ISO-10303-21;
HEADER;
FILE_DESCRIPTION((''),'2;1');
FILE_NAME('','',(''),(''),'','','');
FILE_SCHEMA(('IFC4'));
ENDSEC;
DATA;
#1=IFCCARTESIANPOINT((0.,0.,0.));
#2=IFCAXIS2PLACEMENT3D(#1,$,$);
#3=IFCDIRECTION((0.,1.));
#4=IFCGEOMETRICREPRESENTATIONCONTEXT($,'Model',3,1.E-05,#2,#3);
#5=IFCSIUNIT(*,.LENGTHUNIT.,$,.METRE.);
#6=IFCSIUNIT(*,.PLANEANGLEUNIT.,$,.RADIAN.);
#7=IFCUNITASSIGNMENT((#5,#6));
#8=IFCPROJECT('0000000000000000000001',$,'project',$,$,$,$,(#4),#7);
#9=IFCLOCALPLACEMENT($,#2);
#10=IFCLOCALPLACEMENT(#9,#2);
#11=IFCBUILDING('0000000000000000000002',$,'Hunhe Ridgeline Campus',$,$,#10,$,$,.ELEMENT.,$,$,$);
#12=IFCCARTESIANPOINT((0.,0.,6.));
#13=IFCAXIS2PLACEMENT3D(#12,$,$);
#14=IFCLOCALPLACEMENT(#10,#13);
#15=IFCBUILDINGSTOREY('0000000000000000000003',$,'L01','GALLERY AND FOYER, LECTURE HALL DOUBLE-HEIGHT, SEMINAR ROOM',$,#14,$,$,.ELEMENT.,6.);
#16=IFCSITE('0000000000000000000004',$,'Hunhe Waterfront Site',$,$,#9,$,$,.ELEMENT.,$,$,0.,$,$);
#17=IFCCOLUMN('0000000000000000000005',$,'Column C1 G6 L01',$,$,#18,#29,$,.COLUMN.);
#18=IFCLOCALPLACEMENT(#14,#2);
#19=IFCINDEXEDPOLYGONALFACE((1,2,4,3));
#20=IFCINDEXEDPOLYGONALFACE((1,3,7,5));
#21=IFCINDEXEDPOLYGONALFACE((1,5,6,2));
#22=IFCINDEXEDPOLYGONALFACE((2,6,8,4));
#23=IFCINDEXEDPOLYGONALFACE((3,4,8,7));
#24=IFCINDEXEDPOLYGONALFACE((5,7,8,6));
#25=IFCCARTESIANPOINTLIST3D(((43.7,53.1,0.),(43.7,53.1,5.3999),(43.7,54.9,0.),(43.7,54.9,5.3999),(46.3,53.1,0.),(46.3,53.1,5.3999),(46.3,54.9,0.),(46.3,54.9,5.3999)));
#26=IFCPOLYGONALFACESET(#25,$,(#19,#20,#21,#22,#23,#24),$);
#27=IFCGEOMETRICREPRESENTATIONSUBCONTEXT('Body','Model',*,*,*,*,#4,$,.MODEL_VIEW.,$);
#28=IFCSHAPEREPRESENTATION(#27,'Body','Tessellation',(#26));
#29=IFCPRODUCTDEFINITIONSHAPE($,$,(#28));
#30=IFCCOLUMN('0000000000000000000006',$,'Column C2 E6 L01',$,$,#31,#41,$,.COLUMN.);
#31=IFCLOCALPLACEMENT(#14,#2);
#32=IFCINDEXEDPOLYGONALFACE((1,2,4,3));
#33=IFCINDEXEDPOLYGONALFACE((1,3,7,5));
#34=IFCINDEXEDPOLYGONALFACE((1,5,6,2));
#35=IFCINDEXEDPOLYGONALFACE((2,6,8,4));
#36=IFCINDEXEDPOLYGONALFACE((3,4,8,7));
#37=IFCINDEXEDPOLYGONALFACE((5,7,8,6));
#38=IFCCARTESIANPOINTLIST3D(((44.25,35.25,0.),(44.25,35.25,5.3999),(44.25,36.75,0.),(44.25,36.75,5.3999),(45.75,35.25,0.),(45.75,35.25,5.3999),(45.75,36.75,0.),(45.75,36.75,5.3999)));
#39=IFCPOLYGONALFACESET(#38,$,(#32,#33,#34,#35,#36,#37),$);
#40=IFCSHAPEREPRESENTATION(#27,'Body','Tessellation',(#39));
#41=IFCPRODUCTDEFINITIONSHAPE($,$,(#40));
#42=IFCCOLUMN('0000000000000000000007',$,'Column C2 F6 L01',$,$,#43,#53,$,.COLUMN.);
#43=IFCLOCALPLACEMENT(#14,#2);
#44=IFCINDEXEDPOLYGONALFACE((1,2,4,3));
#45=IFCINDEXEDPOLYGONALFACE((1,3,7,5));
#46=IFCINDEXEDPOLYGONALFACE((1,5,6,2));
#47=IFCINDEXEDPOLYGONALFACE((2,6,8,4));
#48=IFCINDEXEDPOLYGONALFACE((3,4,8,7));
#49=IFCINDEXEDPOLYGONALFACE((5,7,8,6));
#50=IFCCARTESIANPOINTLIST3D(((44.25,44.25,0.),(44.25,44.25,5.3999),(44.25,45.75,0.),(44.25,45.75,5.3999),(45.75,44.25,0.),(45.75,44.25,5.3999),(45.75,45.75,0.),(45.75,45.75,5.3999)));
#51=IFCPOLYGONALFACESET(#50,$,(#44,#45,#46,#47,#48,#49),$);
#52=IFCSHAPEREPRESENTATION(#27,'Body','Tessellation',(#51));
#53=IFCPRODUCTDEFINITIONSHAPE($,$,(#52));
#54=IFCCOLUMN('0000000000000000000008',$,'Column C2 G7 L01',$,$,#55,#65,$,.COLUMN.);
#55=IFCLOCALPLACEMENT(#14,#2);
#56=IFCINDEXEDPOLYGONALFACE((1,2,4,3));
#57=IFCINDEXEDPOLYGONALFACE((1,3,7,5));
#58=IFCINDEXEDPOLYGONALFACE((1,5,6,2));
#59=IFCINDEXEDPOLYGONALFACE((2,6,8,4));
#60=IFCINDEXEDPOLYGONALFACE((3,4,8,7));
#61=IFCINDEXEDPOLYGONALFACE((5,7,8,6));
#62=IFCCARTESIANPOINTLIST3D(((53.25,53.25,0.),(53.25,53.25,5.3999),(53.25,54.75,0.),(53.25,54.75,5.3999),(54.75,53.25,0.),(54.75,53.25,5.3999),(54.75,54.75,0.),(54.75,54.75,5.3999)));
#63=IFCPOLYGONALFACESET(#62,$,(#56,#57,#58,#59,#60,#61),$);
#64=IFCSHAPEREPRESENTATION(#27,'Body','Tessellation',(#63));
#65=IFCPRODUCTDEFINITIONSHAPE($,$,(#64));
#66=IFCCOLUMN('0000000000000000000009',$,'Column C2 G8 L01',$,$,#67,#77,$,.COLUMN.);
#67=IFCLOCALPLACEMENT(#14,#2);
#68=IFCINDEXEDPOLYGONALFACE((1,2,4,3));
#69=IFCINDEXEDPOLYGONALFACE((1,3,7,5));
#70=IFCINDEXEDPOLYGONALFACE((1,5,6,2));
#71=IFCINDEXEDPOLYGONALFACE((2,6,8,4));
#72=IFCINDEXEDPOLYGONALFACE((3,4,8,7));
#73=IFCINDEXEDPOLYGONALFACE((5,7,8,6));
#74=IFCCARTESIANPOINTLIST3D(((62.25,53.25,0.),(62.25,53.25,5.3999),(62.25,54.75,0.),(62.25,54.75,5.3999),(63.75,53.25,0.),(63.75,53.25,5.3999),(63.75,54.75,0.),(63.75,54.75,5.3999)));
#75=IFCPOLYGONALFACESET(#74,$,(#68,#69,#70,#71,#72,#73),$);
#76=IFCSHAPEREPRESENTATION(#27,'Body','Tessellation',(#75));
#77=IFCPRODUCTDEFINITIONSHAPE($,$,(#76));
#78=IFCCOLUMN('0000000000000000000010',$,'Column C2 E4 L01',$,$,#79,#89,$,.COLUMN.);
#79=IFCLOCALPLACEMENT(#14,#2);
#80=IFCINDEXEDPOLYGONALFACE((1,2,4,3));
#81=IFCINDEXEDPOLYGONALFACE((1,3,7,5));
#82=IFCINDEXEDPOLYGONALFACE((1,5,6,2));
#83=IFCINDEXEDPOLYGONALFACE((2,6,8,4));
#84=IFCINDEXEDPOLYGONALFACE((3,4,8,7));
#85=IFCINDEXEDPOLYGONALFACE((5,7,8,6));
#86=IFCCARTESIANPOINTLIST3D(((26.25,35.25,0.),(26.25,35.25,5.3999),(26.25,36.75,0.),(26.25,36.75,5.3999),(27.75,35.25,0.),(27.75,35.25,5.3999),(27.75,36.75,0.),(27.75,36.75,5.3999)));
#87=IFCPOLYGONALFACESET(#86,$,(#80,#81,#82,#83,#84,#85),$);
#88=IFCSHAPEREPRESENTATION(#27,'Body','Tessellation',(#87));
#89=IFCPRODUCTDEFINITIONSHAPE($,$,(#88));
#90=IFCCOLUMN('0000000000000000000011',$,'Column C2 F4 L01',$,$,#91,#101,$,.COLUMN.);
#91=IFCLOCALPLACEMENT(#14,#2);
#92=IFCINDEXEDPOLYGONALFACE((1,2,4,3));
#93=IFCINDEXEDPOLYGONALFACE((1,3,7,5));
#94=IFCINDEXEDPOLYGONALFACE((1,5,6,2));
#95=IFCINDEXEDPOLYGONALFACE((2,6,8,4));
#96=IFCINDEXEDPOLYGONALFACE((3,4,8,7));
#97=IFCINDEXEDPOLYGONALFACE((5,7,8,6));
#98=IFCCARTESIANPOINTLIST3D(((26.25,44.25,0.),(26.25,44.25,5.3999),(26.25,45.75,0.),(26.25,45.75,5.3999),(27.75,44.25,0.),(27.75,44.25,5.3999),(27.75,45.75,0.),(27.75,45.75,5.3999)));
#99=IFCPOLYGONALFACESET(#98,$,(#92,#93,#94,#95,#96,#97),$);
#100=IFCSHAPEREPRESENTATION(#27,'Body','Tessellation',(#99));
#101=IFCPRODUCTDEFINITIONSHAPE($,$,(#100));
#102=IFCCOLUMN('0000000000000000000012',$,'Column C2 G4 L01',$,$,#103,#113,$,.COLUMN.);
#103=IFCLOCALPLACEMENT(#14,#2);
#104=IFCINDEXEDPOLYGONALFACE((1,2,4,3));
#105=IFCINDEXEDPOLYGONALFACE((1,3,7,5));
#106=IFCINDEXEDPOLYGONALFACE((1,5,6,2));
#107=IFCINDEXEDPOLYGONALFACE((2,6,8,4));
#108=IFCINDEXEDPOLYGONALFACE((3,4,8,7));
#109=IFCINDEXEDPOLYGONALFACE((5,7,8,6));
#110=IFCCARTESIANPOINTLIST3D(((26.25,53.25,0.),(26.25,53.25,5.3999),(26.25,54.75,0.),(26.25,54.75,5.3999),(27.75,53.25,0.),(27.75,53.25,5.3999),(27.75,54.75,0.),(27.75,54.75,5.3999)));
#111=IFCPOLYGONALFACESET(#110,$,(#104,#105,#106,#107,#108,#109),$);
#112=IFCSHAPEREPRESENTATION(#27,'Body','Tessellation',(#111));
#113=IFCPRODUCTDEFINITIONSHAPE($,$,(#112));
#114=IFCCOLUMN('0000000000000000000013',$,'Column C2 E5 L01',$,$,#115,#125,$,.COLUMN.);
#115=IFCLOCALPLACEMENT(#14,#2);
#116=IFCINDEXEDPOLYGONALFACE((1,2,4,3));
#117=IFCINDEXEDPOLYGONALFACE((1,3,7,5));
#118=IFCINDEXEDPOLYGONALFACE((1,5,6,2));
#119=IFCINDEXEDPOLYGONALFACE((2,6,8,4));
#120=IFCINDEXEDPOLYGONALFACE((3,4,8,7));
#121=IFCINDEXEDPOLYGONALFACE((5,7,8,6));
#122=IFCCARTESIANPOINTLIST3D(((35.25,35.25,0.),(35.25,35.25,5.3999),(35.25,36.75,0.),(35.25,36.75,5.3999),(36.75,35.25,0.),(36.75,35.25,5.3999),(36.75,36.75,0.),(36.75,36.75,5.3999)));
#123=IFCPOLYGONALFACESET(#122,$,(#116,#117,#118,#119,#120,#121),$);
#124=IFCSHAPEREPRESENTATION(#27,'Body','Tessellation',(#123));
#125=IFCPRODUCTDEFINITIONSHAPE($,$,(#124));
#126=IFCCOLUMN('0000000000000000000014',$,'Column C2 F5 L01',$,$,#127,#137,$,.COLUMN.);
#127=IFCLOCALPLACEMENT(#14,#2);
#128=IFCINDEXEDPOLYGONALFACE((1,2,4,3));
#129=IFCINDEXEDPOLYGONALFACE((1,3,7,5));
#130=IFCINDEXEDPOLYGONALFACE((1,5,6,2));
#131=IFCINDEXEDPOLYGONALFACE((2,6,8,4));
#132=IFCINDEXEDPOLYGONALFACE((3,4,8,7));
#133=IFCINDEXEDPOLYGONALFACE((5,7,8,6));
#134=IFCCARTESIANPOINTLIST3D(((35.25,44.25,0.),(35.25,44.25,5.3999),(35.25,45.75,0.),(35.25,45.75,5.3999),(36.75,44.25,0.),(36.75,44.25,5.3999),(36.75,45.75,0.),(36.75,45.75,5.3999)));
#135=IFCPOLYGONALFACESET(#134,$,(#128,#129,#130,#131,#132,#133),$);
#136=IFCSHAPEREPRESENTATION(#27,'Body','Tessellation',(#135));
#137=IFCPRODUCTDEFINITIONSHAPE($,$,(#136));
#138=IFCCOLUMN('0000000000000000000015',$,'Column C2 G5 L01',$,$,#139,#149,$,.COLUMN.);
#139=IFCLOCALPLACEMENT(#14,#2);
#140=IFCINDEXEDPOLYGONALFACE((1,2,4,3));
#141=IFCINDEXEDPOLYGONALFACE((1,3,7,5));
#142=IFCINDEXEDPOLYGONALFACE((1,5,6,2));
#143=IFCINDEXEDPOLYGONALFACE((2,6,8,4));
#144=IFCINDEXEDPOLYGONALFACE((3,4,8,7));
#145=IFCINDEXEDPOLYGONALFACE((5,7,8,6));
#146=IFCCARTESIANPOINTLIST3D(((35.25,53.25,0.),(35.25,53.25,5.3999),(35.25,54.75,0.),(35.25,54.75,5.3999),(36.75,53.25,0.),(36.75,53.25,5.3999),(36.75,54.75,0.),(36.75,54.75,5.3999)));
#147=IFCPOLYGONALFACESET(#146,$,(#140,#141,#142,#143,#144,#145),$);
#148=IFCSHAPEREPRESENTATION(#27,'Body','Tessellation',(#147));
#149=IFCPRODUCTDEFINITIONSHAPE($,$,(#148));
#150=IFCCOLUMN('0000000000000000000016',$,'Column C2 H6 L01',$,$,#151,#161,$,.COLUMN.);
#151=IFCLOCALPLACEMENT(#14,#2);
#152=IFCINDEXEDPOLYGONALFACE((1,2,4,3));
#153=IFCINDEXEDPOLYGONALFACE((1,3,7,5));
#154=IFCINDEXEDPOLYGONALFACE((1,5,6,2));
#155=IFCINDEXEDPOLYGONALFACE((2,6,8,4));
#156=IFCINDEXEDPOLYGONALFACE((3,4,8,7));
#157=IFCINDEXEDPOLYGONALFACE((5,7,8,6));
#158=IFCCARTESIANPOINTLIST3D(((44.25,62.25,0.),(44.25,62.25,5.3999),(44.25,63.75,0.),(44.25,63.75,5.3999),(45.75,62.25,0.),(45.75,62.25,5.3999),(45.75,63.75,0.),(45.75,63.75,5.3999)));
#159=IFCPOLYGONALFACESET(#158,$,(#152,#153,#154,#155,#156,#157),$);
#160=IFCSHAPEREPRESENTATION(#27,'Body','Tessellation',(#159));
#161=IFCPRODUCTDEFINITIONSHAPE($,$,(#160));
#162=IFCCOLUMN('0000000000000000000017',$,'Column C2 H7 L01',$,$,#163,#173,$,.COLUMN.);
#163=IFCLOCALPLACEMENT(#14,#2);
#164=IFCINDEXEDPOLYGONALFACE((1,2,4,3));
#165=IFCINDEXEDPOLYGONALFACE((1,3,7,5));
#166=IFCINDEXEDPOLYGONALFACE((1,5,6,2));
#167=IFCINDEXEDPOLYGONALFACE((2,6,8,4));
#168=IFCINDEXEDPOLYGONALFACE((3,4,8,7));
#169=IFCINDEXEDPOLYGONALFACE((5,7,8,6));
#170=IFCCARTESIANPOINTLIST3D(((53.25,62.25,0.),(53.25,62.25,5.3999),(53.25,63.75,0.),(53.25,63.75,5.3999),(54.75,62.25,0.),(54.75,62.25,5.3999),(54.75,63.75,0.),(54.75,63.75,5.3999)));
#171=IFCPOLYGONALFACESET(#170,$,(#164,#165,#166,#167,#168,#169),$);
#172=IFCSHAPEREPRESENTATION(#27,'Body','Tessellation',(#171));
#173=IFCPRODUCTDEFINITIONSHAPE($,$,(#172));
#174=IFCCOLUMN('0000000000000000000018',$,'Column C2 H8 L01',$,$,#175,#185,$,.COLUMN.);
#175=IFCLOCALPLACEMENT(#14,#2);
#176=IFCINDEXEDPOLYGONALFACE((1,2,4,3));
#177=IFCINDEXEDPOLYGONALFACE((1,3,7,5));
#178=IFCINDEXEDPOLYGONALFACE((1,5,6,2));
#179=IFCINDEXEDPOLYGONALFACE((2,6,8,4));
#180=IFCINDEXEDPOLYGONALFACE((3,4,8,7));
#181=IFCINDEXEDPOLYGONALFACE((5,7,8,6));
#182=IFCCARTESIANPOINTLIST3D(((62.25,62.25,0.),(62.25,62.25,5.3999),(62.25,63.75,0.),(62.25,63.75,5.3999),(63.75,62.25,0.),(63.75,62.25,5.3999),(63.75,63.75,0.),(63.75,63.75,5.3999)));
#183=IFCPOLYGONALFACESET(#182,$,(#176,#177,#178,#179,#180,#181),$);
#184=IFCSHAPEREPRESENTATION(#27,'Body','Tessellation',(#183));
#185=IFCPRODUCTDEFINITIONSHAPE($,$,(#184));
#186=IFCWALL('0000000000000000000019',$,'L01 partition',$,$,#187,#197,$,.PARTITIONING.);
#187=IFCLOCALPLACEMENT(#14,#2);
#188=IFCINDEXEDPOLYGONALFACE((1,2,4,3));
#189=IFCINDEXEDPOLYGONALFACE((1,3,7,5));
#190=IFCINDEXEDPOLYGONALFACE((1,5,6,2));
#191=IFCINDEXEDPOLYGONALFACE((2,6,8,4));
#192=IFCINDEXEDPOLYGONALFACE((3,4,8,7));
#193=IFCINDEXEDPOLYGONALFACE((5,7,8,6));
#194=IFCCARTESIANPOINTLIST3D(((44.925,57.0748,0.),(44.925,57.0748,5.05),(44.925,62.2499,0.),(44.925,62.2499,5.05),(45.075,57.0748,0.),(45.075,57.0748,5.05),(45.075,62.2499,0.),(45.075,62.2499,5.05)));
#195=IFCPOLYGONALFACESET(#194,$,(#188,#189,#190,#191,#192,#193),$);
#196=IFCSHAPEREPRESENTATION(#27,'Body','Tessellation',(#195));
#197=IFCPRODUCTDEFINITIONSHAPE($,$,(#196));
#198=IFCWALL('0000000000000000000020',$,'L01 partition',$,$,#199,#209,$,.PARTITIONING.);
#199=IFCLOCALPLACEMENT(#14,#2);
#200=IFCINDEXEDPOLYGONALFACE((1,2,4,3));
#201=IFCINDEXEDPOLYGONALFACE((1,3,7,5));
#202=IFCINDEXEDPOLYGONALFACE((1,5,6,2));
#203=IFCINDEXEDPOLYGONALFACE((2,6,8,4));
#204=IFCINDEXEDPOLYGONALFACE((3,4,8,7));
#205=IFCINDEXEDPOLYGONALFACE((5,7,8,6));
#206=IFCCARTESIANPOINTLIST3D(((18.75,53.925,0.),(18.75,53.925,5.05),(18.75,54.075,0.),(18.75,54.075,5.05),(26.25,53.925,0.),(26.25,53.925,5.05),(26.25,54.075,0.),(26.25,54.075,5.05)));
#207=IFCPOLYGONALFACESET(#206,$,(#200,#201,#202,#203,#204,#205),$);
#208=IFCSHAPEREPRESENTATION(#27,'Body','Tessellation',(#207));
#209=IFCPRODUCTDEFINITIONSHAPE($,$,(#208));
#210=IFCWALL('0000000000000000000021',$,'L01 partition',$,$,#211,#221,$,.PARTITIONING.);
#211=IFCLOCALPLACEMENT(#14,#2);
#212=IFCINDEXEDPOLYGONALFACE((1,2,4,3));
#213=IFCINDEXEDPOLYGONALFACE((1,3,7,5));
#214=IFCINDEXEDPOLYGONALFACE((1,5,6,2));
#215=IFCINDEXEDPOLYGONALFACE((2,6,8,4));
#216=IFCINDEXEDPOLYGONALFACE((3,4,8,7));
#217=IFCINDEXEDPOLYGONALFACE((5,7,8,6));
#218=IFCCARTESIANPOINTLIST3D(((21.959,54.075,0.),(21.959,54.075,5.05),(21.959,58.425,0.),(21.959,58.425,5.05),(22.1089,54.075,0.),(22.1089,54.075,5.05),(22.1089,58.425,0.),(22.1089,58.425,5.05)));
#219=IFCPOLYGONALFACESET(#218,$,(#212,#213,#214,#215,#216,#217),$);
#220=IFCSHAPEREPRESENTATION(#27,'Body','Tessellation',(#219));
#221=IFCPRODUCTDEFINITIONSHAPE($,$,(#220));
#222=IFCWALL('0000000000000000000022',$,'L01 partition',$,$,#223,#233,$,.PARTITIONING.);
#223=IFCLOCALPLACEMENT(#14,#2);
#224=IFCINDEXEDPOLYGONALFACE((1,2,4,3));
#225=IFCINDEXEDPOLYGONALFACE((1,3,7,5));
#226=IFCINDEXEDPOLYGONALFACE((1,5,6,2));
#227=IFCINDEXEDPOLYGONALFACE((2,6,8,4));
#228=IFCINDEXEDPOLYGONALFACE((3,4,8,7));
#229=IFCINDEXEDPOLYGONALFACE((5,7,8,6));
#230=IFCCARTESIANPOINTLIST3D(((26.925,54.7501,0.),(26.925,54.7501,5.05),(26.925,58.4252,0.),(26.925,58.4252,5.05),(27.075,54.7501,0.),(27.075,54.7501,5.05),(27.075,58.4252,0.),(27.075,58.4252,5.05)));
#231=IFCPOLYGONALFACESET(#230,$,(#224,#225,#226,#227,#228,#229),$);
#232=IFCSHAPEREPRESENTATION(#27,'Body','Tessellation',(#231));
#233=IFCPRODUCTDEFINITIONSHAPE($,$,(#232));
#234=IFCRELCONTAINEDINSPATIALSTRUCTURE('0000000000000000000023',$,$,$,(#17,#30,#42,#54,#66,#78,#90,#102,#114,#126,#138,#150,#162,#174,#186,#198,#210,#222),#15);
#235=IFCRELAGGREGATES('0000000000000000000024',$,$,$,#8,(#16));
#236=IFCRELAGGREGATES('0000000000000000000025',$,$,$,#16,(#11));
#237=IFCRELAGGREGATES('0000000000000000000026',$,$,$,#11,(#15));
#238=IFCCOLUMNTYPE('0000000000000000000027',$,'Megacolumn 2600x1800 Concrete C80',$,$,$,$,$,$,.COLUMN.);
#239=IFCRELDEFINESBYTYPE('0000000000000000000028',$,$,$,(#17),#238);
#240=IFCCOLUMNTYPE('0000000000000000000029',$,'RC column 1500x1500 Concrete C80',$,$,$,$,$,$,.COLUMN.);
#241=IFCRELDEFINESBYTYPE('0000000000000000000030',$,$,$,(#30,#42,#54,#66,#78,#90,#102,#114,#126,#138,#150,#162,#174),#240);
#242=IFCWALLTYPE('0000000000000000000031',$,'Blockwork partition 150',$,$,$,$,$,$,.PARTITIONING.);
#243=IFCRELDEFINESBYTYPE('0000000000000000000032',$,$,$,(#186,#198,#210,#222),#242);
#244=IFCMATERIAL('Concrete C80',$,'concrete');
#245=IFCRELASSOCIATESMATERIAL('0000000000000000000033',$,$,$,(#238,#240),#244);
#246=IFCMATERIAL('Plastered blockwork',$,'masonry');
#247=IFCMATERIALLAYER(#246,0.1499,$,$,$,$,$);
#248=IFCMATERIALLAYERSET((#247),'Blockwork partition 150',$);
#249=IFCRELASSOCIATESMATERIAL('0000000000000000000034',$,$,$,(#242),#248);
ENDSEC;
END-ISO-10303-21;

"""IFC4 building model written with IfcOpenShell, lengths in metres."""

from ifc_helpers import new_model, si_unit, direction, frame, frame_2d, origin, origin_2d, place, context, subcontext, project, spatial, rectangle, extrude, material, layer, layer_set, material_profile, profile_set, type_object, element, save


model = new_model("IFC4")

# Units and contexts
model_context = context("Model", 3, precision=1e-05, world=origin(), true_north=direction((0.0, 1.0)))
body_context = subcontext(model_context, "Body", "Model", "MODEL_VIEW")
ifc_project = project(units=[si_unit("LENGTHUNIT", "METRE"), si_unit("PLANEANGLEUNIT", "RADIAN")], contexts=[model_context])

# Site, building, storey
site_placement = place(None, origin())
site = spatial("IfcSite", under=ifc_project, at=site_placement, Name="Hunhe Waterfront Site", CompositionType="ELEMENT", RefElevation=0.0)
building_placement = place(site_placement, origin())
building = spatial("IfcBuilding", under=site, at=building_placement, Name="Hunhe Ridgeline Campus", CompositionType="ELEMENT")
storey_placement = place(building_placement, frame((0.0, 0.0, 6.0)))
storey = spatial("IfcBuildingStorey", under=building, at=storey_placement, Name="L01", Description="GALLERY AND FOYER, LECTURE HALL DOUBLE-HEIGHT, SEMINAR ROOM", CompositionType="ELEMENT", Elevation=6.0)

# Columns
ifc_material_1 = material(Name="Concrete C80", Category="concrete")
ifc_material_profile_1 = material_profile(ifc_material_1, rectangle(XDim=2.6001, YDim=1.8, at=origin_2d()))
ifc_profile_set_1 = profile_set([ifc_material_profile_1], Name="Concrete C80")
column_type_1 = type_object("IfcColumnType", Name="Megacolumn 2600x1800 Concrete C80", PredefinedType="COLUMN", material=ifc_profile_set_1)
column_placement = place(storey_placement, frame((45.0, 54.0, 0.0), z_axis=(0.0, 0.0, 1.0), x_axis=(1.0, 0.0, 0.0)))
element("IfcColumn", 1, at=column_placement, inside=storey, type_object=column_type_1, Name="Column C1 G6 L01", PredefinedType="COLUMN", context=body_context, shape_type="SweptSolid", body=[
    extrude(rectangle(XDim=2.6001, YDim=1.8, at=origin_2d()), origin(), (0.0, 0.0, 1.0), 5.3999),
])
ifc_material_profile_2 = material_profile(ifc_material_1, rectangle(XDim=1.5, YDim=1.5, at=origin_2d()))
ifc_profile_set_2 = profile_set([ifc_material_profile_2], Name="Concrete C80")
column_type_2 = type_object("IfcColumnType", Name="RC column 1500x1500 Concrete C80", PredefinedType="COLUMN", material=ifc_profile_set_2)
for number, where, z_axis, x_axis, name in (
    (2, (45.0, 36.0, 0.0), (0.0, 0.0, 1.0), (1.0, 0.0, 0.0), "Column C2 E6 L01"),
    (3, (45.0, 45.0, 0.0), (0.0, 0.0, 1.0), (1.0, 0.0, 0.0), "Column C2 F6 L01"),
    (4, (54.0, 54.0, 0.0), (0.0, 0.0, 1.0), (1.0, 0.0, 0.0), "Column C2 G7 L01"),
    (5, (63.0, 54.0, 0.0), (0.0, 0.0, 1.0), (1.0, 0.0, 0.0), "Column C2 G8 L01"),
    (6, (27.0, 36.0, 0.0), (0.0, 0.0, 1.0), (1.0, 0.0, 0.0), "Column C2 E4 L01"),
    (7, (27.0, 45.0, 0.0), (0.0, 0.0, 1.0), (1.0, 0.0, 0.0), "Column C2 F4 L01"),
    (8, (27.0, 54.0, 0.0), (0.0, 0.0, 1.0), (1.0, 0.0, 0.0), "Column C2 G4 L01"),
    (9, (36.0, 36.0, 0.0), (0.0, 0.0, 1.0), (1.0, 0.0, 0.0), "Column C2 E5 L01"),
    (10, (36.0, 45.0, 0.0), (0.0, 0.0, 1.0), (1.0, 0.0, 0.0), "Column C2 F5 L01"),
    (11, (36.0, 54.0, 0.0), (0.0, 0.0, 1.0), (1.0, 0.0, 0.0), "Column C2 G5 L01"),
    (12, (45.0, 63.0, 0.0), (0.0, 0.0, 1.0), (1.0, 0.0, 0.0), "Column C2 H6 L01"),
    (13, (54.0, 63.0, 0.0), (0.0, 0.0, 1.0), (1.0, 0.0, 0.0), "Column C2 H7 L01"),
    (14, (63.0, 63.0, 0.0), (0.0, 0.0, 1.0), (1.0, 0.0, 0.0), "Column C2 H8 L01"),
):
    element("IfcColumn", number, at=place(storey_placement, frame(where, z_axis=z_axis, x_axis=x_axis)), inside=storey, type_object=column_type_2, Name=name, PredefinedType="COLUMN", context=body_context, shape_type="SweptSolid", body=[
        extrude(rectangle(XDim=1.5, YDim=1.5, at=origin_2d()), origin(), (0.0, 0.0, 1.0), 5.3999),
    ])

# Walls
ifc_material_2 = material(Name="Plastered blockwork", Category="masonry")
ifc_layer_1 = layer(ifc_material_2, 0.1499)
ifc_layer_set_1 = layer_set([ifc_layer_1], Name="Blockwork partition 150")
wall_type_1 = type_object("IfcWallType", Name="Blockwork partition 150", PredefinedType="PARTITIONING", material=ifc_layer_set_1)
wall_1_placement = place(storey_placement, frame((45.0, 57.075, 0.0), z_axis=(0.0, 0.0, 1.0), x_axis=(0.0, 1.0, 0.0)))
element("IfcWall", 15, at=wall_1_placement, inside=storey, type_object=wall_type_1, Name="L01 partition", PredefinedType="PARTITIONING", context=body_context, shape_type="SweptSolid", body=[
    extrude(rectangle(XDim=5.175, YDim=0.1499, at=frame_2d((2.5874, 0.0))), origin(), (0.0, 0.0, 1.0), 5.05),
])
wall_2_placement = place(storey_placement, frame((26.25, 54.0, 0.0), z_axis=(0.0, 0.0, 1.0), x_axis=(-1.0, 0.0, 0.0)))
element("IfcWall", 16, at=wall_2_placement, inside=storey, type_object=wall_type_1, Name="L01 partition", PredefinedType="PARTITIONING", context=body_context, shape_type="SweptSolid", body=[
    extrude(rectangle(XDim=7.5, YDim=0.1499, at=frame_2d((3.75, 0.0))), origin(), (0.0, 0.0, 1.0), 5.05),
])
wall_3_placement = place(storey_placement, frame((22.0339, 54.075, 0.0), z_axis=(0.0, 0.0, 1.0), x_axis=(0.0, 1.0, 0.0)))
element("IfcWall", 17, at=wall_3_placement, inside=storey, type_object=wall_type_1, Name="L01 partition", PredefinedType="PARTITIONING", context=body_context, shape_type="SweptSolid", body=[
    extrude(rectangle(XDim=4.3501, YDim=0.1499, at=frame_2d((2.175, 0.0))), origin(), (0.0, 0.0, 1.0), 5.05),
])
wall_4_placement = place(storey_placement, frame((27.0, 58.425, 0.0), z_axis=(0.0, 0.0, 1.0), x_axis=(0.0, -1.0, 0.0)))
element("IfcWall", 18, at=wall_4_placement, inside=storey, type_object=wall_type_1, Name="L01 partition", PredefinedType="PARTITIONING", context=body_context, shape_type="SweptSolid", body=[
    extrude(rectangle(XDim=3.675, YDim=0.1499, at=frame_2d((1.8374, 0.0))), origin(), (0.0, 0.0, 1.0), 5.05),
])

save(model, "model.ifc")
